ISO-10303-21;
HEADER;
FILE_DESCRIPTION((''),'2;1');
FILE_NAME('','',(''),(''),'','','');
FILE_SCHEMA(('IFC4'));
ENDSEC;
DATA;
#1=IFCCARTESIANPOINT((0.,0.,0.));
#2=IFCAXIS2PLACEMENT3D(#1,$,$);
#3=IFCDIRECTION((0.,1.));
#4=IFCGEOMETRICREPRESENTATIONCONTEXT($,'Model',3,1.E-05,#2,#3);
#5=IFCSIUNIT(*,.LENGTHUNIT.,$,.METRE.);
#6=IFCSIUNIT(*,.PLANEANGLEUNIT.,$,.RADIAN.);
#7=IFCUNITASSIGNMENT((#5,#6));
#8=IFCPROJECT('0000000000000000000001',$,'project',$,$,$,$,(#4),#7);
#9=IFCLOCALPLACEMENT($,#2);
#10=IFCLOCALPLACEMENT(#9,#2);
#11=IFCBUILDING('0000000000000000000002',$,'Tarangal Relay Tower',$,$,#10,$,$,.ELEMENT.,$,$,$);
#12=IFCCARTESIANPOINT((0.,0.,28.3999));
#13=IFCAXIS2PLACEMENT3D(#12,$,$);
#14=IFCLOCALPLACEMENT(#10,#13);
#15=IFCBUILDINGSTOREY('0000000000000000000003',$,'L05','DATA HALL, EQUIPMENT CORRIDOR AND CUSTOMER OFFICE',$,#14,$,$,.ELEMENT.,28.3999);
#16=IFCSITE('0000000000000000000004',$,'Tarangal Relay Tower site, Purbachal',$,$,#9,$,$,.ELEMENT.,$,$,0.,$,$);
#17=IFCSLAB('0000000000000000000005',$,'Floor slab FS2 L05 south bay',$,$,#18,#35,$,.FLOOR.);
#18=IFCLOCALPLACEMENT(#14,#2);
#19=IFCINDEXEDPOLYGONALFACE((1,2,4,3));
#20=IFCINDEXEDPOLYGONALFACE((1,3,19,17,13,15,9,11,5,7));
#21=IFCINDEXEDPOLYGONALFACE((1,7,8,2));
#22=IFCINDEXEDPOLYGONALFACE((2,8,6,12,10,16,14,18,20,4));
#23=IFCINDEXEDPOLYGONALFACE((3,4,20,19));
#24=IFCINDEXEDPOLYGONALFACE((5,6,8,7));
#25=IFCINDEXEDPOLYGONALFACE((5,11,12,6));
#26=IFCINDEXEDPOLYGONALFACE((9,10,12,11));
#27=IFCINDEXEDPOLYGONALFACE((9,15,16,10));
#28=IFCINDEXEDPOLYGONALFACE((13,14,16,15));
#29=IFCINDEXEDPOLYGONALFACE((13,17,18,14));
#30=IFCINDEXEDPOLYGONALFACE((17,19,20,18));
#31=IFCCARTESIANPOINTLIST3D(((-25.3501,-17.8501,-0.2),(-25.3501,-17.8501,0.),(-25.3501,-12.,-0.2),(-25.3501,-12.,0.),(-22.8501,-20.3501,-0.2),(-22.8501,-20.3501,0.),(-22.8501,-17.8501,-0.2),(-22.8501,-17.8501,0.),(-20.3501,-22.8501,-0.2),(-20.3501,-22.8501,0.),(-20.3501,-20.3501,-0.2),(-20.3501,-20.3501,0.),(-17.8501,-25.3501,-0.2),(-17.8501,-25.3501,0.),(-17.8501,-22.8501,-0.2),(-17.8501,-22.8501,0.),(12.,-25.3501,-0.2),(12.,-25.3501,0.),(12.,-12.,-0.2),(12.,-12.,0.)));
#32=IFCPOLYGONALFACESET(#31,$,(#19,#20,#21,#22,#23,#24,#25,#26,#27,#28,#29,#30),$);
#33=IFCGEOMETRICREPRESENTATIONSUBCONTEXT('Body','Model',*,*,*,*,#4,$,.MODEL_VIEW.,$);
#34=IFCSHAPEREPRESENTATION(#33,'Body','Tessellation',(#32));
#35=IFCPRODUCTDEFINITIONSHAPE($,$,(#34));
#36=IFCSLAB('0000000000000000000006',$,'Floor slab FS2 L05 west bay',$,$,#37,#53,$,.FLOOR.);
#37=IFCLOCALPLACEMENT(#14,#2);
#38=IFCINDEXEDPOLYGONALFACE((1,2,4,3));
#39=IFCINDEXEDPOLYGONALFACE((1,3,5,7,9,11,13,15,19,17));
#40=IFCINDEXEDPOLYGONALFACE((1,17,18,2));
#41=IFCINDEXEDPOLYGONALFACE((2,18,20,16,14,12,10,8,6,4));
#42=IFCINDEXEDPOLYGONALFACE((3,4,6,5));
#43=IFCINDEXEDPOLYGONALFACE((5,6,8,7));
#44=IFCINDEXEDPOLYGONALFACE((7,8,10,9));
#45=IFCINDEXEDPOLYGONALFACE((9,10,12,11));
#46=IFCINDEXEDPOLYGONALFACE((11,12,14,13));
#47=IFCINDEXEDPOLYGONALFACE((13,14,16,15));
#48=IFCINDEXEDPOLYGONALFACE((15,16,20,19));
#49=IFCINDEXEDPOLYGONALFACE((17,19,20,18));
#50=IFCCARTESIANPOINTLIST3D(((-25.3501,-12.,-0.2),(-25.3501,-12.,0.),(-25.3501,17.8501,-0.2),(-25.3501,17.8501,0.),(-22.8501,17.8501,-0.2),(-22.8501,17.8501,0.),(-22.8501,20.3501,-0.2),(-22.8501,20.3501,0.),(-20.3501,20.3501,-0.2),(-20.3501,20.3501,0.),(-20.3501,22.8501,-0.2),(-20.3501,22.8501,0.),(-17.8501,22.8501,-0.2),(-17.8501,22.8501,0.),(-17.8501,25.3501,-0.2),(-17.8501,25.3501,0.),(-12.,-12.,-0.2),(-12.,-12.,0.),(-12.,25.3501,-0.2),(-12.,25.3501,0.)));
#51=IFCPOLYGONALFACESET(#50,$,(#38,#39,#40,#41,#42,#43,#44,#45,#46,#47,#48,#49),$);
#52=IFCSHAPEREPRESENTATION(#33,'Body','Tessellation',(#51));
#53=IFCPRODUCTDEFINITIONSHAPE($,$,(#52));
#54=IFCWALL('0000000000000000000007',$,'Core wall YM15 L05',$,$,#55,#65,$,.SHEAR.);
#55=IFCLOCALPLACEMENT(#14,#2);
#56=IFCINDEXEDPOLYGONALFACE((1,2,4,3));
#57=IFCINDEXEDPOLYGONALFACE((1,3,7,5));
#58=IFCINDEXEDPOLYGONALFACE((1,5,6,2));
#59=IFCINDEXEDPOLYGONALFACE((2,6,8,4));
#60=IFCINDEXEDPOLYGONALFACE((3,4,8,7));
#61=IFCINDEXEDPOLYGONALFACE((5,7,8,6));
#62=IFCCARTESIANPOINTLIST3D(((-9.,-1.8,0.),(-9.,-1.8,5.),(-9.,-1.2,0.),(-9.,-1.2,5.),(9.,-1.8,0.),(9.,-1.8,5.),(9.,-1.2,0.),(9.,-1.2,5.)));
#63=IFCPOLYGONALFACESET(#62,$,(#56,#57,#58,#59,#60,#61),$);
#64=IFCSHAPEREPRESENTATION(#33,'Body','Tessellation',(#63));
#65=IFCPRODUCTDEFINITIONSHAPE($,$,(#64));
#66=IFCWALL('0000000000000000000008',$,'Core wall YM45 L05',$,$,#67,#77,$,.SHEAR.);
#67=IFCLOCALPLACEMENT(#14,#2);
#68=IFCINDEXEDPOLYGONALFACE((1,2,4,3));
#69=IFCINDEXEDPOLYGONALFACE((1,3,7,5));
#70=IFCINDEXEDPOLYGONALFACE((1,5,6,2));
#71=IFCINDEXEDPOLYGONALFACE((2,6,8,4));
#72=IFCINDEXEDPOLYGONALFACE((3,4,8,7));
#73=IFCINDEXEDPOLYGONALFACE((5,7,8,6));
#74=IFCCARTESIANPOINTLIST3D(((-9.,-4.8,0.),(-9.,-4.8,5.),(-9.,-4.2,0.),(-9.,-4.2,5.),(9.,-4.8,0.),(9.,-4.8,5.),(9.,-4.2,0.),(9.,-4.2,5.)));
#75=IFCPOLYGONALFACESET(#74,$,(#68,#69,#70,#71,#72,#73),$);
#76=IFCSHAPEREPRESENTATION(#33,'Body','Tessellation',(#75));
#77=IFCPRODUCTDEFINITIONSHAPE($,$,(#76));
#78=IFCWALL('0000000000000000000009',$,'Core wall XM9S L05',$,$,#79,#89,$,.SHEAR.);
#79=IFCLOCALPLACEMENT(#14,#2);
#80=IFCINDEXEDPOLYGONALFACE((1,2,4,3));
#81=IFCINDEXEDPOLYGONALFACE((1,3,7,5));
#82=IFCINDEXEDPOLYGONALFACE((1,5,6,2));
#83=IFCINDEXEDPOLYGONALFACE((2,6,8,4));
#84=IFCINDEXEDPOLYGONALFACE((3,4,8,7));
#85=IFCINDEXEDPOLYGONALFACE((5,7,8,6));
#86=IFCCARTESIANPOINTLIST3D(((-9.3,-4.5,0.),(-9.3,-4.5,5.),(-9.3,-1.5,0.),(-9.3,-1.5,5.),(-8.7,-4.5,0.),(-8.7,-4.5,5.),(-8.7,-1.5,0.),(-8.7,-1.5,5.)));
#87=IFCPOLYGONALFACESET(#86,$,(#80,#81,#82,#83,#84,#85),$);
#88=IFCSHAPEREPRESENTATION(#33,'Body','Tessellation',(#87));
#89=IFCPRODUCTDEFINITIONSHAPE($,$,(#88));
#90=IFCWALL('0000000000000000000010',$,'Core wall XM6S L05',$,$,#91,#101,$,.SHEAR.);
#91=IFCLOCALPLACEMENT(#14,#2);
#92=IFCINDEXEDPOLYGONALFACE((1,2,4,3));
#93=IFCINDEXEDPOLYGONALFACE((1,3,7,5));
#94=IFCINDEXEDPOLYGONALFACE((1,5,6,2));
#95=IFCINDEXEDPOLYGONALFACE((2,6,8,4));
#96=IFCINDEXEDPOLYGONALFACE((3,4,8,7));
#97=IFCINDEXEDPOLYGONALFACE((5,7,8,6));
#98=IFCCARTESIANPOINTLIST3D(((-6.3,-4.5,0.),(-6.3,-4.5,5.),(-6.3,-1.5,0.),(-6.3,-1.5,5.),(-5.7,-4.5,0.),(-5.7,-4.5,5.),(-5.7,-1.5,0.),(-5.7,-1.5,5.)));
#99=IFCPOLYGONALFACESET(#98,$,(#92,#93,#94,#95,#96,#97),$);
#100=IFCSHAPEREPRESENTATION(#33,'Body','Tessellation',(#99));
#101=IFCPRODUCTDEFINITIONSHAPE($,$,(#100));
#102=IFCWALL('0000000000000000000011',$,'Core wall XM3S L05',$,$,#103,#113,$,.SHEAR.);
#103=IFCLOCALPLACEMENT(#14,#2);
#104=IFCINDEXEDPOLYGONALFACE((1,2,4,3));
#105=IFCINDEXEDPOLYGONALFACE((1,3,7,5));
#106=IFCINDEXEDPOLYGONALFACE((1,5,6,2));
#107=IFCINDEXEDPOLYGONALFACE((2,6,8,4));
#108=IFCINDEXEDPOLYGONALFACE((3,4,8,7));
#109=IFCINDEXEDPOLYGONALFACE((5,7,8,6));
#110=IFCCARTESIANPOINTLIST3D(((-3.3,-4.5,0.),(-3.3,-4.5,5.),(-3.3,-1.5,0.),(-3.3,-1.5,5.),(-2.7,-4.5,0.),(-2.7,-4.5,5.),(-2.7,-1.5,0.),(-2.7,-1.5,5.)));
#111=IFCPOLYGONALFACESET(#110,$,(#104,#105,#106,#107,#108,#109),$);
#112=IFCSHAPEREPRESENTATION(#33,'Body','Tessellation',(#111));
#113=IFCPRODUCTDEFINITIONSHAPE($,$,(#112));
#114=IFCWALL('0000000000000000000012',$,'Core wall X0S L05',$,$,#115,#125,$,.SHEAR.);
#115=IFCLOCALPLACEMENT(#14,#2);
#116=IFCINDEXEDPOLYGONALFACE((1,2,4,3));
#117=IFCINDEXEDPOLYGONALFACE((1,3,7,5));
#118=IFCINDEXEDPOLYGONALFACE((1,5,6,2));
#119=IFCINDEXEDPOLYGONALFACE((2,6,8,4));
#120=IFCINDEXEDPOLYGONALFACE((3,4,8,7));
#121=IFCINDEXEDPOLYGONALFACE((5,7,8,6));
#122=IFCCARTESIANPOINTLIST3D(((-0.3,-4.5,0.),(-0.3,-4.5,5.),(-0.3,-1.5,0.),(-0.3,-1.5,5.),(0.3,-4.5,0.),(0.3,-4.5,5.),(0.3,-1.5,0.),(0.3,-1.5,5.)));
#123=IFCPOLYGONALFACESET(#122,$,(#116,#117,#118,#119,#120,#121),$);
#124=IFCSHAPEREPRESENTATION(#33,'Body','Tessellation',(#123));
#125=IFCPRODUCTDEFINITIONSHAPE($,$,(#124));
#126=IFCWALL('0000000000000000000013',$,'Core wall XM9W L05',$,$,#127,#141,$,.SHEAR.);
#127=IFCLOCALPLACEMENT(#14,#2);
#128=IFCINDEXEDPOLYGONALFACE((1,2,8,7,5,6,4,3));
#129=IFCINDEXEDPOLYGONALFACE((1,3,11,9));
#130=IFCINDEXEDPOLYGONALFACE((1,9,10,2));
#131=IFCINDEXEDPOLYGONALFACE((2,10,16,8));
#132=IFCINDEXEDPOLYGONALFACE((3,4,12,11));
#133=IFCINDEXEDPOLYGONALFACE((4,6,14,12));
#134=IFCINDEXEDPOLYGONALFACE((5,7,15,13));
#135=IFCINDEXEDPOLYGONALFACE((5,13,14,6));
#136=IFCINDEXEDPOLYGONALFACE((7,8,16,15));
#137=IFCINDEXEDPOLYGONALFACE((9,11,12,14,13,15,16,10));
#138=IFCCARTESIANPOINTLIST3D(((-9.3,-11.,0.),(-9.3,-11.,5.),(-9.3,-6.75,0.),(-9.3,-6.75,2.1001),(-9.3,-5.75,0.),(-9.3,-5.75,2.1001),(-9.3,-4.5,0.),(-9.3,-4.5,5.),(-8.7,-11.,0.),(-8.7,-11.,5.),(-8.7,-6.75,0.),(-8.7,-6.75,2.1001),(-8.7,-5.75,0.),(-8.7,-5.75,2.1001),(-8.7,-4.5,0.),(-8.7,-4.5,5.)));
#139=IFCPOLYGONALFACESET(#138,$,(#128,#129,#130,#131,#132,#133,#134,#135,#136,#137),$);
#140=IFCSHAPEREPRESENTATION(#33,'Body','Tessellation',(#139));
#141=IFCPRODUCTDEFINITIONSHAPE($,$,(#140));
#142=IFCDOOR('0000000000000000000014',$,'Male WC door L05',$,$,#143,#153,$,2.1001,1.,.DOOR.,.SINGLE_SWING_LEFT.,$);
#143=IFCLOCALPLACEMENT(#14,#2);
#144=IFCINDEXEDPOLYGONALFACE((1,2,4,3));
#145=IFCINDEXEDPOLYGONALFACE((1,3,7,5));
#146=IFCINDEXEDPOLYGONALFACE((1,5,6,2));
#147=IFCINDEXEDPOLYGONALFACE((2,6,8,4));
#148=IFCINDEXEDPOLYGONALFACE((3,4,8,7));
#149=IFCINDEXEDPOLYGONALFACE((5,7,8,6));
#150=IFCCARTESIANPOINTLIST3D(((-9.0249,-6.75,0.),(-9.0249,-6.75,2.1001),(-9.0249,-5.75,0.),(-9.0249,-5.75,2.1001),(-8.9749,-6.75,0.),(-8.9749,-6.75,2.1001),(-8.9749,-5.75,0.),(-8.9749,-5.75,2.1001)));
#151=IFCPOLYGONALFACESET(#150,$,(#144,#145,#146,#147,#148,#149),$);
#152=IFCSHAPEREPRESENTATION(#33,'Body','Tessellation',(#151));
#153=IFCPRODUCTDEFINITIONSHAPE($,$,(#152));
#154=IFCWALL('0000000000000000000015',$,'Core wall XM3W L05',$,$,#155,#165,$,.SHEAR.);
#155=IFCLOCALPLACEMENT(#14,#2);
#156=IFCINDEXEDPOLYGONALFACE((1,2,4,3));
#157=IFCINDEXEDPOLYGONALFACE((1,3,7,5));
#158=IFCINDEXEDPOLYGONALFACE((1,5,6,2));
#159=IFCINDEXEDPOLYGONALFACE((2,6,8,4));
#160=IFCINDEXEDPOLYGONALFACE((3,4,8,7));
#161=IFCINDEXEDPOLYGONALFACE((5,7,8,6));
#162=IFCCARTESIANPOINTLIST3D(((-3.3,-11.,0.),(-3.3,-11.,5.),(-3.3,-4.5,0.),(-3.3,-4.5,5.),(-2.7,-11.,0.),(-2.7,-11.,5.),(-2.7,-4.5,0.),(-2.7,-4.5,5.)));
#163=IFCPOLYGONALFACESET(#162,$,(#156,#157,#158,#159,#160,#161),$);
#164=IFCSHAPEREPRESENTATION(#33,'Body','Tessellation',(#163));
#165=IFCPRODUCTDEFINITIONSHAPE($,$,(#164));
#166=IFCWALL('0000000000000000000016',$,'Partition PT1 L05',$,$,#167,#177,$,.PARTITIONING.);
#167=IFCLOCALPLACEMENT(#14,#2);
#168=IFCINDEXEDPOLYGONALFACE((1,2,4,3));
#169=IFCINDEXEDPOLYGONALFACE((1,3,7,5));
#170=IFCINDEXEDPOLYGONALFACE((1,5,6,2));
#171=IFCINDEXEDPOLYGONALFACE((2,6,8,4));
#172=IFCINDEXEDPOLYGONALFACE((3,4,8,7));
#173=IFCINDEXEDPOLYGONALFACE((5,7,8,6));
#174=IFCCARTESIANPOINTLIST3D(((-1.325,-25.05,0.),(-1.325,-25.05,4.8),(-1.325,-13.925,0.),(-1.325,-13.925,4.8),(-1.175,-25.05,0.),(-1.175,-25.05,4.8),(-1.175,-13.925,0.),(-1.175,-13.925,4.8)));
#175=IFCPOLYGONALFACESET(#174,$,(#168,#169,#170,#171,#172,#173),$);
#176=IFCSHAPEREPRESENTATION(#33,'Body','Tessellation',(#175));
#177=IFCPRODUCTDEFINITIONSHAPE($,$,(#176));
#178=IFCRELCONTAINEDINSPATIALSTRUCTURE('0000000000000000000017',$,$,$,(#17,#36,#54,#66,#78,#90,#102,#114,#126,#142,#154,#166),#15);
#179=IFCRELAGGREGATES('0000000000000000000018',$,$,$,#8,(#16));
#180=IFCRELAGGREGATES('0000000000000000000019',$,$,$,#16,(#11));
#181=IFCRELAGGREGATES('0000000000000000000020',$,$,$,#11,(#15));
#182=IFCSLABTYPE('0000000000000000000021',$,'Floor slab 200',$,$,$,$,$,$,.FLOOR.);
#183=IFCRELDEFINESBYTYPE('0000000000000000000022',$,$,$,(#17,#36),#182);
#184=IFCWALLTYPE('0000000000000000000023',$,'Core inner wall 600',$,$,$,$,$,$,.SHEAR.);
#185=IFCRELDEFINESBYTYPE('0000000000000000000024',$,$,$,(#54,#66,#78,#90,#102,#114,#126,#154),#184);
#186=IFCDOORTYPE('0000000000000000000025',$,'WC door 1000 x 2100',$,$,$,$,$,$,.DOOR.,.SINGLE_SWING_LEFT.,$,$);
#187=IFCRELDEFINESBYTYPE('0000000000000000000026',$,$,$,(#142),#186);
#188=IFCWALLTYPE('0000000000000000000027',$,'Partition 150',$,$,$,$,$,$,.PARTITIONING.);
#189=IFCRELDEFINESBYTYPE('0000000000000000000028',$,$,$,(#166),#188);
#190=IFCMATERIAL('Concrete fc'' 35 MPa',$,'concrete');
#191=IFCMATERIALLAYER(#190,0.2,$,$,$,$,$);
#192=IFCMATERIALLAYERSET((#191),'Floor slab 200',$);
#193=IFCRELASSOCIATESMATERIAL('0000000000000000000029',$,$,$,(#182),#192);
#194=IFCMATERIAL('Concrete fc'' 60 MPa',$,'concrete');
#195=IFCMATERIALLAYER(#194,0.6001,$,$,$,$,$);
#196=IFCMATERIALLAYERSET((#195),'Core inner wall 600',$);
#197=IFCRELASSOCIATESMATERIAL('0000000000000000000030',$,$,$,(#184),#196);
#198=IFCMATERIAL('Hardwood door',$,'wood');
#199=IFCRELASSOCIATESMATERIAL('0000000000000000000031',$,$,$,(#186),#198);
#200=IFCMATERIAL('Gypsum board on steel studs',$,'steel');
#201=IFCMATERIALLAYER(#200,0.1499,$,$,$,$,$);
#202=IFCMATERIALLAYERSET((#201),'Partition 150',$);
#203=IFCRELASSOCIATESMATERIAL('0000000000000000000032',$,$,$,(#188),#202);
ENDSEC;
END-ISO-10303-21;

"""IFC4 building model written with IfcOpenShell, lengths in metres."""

from ifc_helpers import new_model, si_unit, direction, frame, frame_2d, origin, place, context, subcontext, project, spatial, polyline, rectangle, outline, extrude, material, layer, layer_set, type_object, element, fill, save


model = new_model("IFC4")

# Units and contexts
model_context = context("Model", 3, precision=1e-05, world=origin(), true_north=direction((0.0, 1.0)))
body_context = subcontext(model_context, "Body", "Model", "MODEL_VIEW")
ifc_project = project(units=[si_unit("LENGTHUNIT", "METRE"), si_unit("PLANEANGLEUNIT", "RADIAN")], contexts=[model_context])

# Site, building, storey
site_placement = place(None, origin())
site = spatial("IfcSite", under=ifc_project, at=site_placement, Name="Tarangal Relay Tower site, Purbachal", CompositionType="ELEMENT", RefElevation=0.0)
building_placement = place(site_placement, origin())
building = spatial("IfcBuilding", under=site, at=building_placement, Name="Tarangal Relay Tower", CompositionType="ELEMENT")
storey_placement = place(building_placement, frame((0.0, 0.0, 28.3999)))
storey = spatial("IfcBuildingStorey", under=building, at=storey_placement, Name="L05", Description="DATA HALL, EQUIPMENT CORRIDOR AND CUSTOMER OFFICE", CompositionType="ELEMENT", Elevation=28.3999)

# Slabs
ifc_material_1 = material(Name="Concrete fc' 35 MPa", Category="concrete")
ifc_layer_1 = layer(ifc_material_1, 0.2)
ifc_layer_set_1 = layer_set([ifc_layer_1], Name="Floor slab 200")
slab_type = type_object("IfcSlabType", Name="Floor slab 200", PredefinedType="FLOOR", material=ifc_layer_set_1)
slab_1_placement = place(storey_placement, frame((0.0, 0.0, -0.2)))
element("IfcSlab", 1, at=slab_1_placement, inside=storey, type_object=slab_type, Name="Floor slab FS2 L05 south bay", PredefinedType="FLOOR", context=body_context, shape_type="SweptSolid", body=[
    extrude(outline(polyline([(-17.8501, -25.3501), (-17.8501, -22.8501), (-20.3501, -22.8501), (-20.3501, -20.3501), (-22.8501, -20.3501), (-22.8501, -17.8501), (-25.3501, -17.8501), (-25.3501, -12.0), (12.0, -12.0), (12.0, -25.3501), (-17.8501, -25.3501)])), origin(), (0.0, 0.0, 1.0), 0.2),
])
slab_2_placement = place(storey_placement, frame((0.0, 0.0, -0.2)))
element("IfcSlab", 2, at=slab_2_placement, inside=storey, type_object=slab_type, Name="Floor slab FS2 L05 west bay", PredefinedType="FLOOR", context=body_context, shape_type="SweptSolid", body=[
    extrude(outline(polyline([(-12.0, 25.3501), (-12.0, -12.0), (-25.3501, -12.0), (-25.3501, 17.8501), (-22.8501, 17.8501), (-22.8501, 20.3501), (-20.3501, 20.3501), (-20.3501, 22.8501), (-17.8501, 22.8501), (-17.8501, 25.3501), (-12.0, 25.3501)])), origin(), (0.0, 0.0, 1.0), 0.2),
])

# Walls
ifc_material_2 = material(Name="Concrete fc' 60 MPa", Category="concrete")
ifc_layer_2 = layer(ifc_material_2, 0.6001)
ifc_layer_set_2 = layer_set([ifc_layer_2], Name="Core inner wall 600")
wall_type_1 = type_object("IfcWallType", Name="Core inner wall 600", PredefinedType="SHEAR", material=ifc_layer_set_2)
for number, where, z_axis, x_axis, name in (
    (3, (-9.0, -1.5, 0.0), (0.0, 0.0, 1.0), (1.0, 0.0, 0.0), "Core wall YM15 L05"),
    (4, (-9.0, -4.5, 0.0), (0.0, 0.0, 1.0), (1.0, 0.0, 0.0), "Core wall YM45 L05"),
):
    element("IfcWall", number, at=place(storey_placement, frame(where, z_axis=z_axis, x_axis=x_axis)), inside=storey, type_object=wall_type_1, Name=name, PredefinedType="SHEAR", context=body_context, shape_type="SweptSolid", body=[
        extrude(rectangle(XDim=18.0, YDim=0.6001, at=frame_2d((9.0, 0.0))), origin(), (0.0, 0.0, 1.0), 5.0),
    ])
for number, where, z_axis, x_axis, name in (
    (5, (-9.0, -4.5, 0.0), (0.0, 0.0, 1.0), (0.0, 1.0, 0.0), "Core wall XM9S L05"),
    (6, (-6.0, -4.5, 0.0), (0.0, 0.0, 1.0), (0.0, 1.0, 0.0), "Core wall XM6S L05"),
    (7, (-3.0, -4.5, 0.0), (0.0, 0.0, 1.0), (0.0, 1.0, 0.0), "Core wall XM3S L05"),
    (8, (0.0, -4.5, 0.0), (0.0, 0.0, 1.0), (0.0, 1.0, 0.0), "Core wall X0S L05"),
):
    element("IfcWall", number, at=place(storey_placement, frame(where, z_axis=z_axis, x_axis=x_axis)), inside=storey, type_object=wall_type_1, Name=name, PredefinedType="SHEAR", context=body_context, shape_type="SweptSolid", body=[
        extrude(rectangle(XDim=3.0, YDim=0.6001, at=frame_2d((1.5, 0.0))), origin(), (0.0, 0.0, 1.0), 5.0),
    ])

# Wall, opening, door
wall_1_placement = place(storey_placement, frame((-9.0, -11.0, 0.0), z_axis=(0.0, 0.0, 1.0), x_axis=(0.0, 1.0, 0.0)))
wall_1 = element("IfcWall", 9, at=wall_1_placement, inside=storey, type_object=wall_type_1, Name="Core wall XM9W L05", PredefinedType="SHEAR", context=body_context, shape_type="SweptSolid", body=[
    extrude(rectangle(XDim=6.5, YDim=0.6001, at=frame_2d((3.25, 0.0))), origin(), (0.0, 0.0, 1.0), 5.0),
])
opening_1_placement = place(wall_1_placement, frame((4.25, 0.0, 0.0)))
opening_1 = element("IfcOpeningElement", 10, at=opening_1_placement, cuts=wall_1, PredefinedType="OPENING", context=body_context, shape_type="SweptSolid", body=[
    extrude(rectangle(XDim=1.0, YDim=2.1001, at=frame_2d((0.5, 1.05))), frame((0.0, 0.3101, 0.0), z_axis=(0.0, -1.0, 0.0), x_axis=(1.0, 0.0, 0.0)), (0.0, 0.0, 1.0), 0.6201),
])
ifc_material_3 = material(Name="Hardwood door", Category="wood")
door_type_1 = type_object("IfcDoorType", Name="WC door 1000 x 2100", OperationType="SINGLE_SWING_LEFT", PredefinedType="DOOR", material=ifc_material_3)
door_1_placement = place(opening_1_placement, origin())
door_1 = element("IfcDoor", 11, at=door_1_placement, inside=storey, type_object=door_type_1, Name="Male WC door L05", OperationType="SINGLE_SWING_LEFT", OverallHeight=2.1001, OverallWidth=1.0, PredefinedType="DOOR", context=body_context, shape_type="SweptSolid", body=[
    extrude(rectangle(XDim=1.0, YDim=2.1001, at=frame_2d((0.5, 1.05))), frame((0.0, 0.0249, 0.0), z_axis=(0.0, -1.0, 0.0), x_axis=(1.0, 0.0, 0.0)), (0.0, 0.0, 1.0), 0.05),
])
fill(opening_1, door_1)

# Walls
wall_2_placement = place(storey_placement, frame((-3.0, -11.0, 0.0), z_axis=(0.0, 0.0, 1.0), x_axis=(0.0, 1.0, 0.0)))
element("IfcWall", 12, at=wall_2_placement, inside=storey, type_object=wall_type_1, Name="Core wall XM3W L05", PredefinedType="SHEAR", context=body_context, shape_type="SweptSolid", body=[
    extrude(rectangle(XDim=6.5, YDim=0.6001, at=frame_2d((3.25, 0.0))), origin(), (0.0, 0.0, 1.0), 5.0),
])
ifc_material_4 = material(Name="Gypsum board on steel studs", Category="steel")
ifc_layer_3 = layer(ifc_material_4, 0.1499)
ifc_layer_set_3 = layer_set([ifc_layer_3], Name="Partition 150")
wall_type_2 = type_object("IfcWallType", Name="Partition 150", PredefinedType="PARTITIONING", material=ifc_layer_set_3)
wall_3_placement = place(storey_placement, frame((-1.25, -25.05, 0.0), z_axis=(0.0, 0.0, 1.0), x_axis=(0.0, 1.0, 0.0)))
element("IfcWall", 13, at=wall_3_placement, inside=storey, type_object=wall_type_2, Name="Partition PT1 L05", PredefinedType="PARTITIONING", context=body_context, shape_type="SweptSolid", body=[
    extrude(rectangle(XDim=11.125, YDim=0.1499, at=frame_2d((5.5625, 0.0))), origin(), (0.0, 0.0, 1.0), 4.8),
])

save(model, "model.ifc")
